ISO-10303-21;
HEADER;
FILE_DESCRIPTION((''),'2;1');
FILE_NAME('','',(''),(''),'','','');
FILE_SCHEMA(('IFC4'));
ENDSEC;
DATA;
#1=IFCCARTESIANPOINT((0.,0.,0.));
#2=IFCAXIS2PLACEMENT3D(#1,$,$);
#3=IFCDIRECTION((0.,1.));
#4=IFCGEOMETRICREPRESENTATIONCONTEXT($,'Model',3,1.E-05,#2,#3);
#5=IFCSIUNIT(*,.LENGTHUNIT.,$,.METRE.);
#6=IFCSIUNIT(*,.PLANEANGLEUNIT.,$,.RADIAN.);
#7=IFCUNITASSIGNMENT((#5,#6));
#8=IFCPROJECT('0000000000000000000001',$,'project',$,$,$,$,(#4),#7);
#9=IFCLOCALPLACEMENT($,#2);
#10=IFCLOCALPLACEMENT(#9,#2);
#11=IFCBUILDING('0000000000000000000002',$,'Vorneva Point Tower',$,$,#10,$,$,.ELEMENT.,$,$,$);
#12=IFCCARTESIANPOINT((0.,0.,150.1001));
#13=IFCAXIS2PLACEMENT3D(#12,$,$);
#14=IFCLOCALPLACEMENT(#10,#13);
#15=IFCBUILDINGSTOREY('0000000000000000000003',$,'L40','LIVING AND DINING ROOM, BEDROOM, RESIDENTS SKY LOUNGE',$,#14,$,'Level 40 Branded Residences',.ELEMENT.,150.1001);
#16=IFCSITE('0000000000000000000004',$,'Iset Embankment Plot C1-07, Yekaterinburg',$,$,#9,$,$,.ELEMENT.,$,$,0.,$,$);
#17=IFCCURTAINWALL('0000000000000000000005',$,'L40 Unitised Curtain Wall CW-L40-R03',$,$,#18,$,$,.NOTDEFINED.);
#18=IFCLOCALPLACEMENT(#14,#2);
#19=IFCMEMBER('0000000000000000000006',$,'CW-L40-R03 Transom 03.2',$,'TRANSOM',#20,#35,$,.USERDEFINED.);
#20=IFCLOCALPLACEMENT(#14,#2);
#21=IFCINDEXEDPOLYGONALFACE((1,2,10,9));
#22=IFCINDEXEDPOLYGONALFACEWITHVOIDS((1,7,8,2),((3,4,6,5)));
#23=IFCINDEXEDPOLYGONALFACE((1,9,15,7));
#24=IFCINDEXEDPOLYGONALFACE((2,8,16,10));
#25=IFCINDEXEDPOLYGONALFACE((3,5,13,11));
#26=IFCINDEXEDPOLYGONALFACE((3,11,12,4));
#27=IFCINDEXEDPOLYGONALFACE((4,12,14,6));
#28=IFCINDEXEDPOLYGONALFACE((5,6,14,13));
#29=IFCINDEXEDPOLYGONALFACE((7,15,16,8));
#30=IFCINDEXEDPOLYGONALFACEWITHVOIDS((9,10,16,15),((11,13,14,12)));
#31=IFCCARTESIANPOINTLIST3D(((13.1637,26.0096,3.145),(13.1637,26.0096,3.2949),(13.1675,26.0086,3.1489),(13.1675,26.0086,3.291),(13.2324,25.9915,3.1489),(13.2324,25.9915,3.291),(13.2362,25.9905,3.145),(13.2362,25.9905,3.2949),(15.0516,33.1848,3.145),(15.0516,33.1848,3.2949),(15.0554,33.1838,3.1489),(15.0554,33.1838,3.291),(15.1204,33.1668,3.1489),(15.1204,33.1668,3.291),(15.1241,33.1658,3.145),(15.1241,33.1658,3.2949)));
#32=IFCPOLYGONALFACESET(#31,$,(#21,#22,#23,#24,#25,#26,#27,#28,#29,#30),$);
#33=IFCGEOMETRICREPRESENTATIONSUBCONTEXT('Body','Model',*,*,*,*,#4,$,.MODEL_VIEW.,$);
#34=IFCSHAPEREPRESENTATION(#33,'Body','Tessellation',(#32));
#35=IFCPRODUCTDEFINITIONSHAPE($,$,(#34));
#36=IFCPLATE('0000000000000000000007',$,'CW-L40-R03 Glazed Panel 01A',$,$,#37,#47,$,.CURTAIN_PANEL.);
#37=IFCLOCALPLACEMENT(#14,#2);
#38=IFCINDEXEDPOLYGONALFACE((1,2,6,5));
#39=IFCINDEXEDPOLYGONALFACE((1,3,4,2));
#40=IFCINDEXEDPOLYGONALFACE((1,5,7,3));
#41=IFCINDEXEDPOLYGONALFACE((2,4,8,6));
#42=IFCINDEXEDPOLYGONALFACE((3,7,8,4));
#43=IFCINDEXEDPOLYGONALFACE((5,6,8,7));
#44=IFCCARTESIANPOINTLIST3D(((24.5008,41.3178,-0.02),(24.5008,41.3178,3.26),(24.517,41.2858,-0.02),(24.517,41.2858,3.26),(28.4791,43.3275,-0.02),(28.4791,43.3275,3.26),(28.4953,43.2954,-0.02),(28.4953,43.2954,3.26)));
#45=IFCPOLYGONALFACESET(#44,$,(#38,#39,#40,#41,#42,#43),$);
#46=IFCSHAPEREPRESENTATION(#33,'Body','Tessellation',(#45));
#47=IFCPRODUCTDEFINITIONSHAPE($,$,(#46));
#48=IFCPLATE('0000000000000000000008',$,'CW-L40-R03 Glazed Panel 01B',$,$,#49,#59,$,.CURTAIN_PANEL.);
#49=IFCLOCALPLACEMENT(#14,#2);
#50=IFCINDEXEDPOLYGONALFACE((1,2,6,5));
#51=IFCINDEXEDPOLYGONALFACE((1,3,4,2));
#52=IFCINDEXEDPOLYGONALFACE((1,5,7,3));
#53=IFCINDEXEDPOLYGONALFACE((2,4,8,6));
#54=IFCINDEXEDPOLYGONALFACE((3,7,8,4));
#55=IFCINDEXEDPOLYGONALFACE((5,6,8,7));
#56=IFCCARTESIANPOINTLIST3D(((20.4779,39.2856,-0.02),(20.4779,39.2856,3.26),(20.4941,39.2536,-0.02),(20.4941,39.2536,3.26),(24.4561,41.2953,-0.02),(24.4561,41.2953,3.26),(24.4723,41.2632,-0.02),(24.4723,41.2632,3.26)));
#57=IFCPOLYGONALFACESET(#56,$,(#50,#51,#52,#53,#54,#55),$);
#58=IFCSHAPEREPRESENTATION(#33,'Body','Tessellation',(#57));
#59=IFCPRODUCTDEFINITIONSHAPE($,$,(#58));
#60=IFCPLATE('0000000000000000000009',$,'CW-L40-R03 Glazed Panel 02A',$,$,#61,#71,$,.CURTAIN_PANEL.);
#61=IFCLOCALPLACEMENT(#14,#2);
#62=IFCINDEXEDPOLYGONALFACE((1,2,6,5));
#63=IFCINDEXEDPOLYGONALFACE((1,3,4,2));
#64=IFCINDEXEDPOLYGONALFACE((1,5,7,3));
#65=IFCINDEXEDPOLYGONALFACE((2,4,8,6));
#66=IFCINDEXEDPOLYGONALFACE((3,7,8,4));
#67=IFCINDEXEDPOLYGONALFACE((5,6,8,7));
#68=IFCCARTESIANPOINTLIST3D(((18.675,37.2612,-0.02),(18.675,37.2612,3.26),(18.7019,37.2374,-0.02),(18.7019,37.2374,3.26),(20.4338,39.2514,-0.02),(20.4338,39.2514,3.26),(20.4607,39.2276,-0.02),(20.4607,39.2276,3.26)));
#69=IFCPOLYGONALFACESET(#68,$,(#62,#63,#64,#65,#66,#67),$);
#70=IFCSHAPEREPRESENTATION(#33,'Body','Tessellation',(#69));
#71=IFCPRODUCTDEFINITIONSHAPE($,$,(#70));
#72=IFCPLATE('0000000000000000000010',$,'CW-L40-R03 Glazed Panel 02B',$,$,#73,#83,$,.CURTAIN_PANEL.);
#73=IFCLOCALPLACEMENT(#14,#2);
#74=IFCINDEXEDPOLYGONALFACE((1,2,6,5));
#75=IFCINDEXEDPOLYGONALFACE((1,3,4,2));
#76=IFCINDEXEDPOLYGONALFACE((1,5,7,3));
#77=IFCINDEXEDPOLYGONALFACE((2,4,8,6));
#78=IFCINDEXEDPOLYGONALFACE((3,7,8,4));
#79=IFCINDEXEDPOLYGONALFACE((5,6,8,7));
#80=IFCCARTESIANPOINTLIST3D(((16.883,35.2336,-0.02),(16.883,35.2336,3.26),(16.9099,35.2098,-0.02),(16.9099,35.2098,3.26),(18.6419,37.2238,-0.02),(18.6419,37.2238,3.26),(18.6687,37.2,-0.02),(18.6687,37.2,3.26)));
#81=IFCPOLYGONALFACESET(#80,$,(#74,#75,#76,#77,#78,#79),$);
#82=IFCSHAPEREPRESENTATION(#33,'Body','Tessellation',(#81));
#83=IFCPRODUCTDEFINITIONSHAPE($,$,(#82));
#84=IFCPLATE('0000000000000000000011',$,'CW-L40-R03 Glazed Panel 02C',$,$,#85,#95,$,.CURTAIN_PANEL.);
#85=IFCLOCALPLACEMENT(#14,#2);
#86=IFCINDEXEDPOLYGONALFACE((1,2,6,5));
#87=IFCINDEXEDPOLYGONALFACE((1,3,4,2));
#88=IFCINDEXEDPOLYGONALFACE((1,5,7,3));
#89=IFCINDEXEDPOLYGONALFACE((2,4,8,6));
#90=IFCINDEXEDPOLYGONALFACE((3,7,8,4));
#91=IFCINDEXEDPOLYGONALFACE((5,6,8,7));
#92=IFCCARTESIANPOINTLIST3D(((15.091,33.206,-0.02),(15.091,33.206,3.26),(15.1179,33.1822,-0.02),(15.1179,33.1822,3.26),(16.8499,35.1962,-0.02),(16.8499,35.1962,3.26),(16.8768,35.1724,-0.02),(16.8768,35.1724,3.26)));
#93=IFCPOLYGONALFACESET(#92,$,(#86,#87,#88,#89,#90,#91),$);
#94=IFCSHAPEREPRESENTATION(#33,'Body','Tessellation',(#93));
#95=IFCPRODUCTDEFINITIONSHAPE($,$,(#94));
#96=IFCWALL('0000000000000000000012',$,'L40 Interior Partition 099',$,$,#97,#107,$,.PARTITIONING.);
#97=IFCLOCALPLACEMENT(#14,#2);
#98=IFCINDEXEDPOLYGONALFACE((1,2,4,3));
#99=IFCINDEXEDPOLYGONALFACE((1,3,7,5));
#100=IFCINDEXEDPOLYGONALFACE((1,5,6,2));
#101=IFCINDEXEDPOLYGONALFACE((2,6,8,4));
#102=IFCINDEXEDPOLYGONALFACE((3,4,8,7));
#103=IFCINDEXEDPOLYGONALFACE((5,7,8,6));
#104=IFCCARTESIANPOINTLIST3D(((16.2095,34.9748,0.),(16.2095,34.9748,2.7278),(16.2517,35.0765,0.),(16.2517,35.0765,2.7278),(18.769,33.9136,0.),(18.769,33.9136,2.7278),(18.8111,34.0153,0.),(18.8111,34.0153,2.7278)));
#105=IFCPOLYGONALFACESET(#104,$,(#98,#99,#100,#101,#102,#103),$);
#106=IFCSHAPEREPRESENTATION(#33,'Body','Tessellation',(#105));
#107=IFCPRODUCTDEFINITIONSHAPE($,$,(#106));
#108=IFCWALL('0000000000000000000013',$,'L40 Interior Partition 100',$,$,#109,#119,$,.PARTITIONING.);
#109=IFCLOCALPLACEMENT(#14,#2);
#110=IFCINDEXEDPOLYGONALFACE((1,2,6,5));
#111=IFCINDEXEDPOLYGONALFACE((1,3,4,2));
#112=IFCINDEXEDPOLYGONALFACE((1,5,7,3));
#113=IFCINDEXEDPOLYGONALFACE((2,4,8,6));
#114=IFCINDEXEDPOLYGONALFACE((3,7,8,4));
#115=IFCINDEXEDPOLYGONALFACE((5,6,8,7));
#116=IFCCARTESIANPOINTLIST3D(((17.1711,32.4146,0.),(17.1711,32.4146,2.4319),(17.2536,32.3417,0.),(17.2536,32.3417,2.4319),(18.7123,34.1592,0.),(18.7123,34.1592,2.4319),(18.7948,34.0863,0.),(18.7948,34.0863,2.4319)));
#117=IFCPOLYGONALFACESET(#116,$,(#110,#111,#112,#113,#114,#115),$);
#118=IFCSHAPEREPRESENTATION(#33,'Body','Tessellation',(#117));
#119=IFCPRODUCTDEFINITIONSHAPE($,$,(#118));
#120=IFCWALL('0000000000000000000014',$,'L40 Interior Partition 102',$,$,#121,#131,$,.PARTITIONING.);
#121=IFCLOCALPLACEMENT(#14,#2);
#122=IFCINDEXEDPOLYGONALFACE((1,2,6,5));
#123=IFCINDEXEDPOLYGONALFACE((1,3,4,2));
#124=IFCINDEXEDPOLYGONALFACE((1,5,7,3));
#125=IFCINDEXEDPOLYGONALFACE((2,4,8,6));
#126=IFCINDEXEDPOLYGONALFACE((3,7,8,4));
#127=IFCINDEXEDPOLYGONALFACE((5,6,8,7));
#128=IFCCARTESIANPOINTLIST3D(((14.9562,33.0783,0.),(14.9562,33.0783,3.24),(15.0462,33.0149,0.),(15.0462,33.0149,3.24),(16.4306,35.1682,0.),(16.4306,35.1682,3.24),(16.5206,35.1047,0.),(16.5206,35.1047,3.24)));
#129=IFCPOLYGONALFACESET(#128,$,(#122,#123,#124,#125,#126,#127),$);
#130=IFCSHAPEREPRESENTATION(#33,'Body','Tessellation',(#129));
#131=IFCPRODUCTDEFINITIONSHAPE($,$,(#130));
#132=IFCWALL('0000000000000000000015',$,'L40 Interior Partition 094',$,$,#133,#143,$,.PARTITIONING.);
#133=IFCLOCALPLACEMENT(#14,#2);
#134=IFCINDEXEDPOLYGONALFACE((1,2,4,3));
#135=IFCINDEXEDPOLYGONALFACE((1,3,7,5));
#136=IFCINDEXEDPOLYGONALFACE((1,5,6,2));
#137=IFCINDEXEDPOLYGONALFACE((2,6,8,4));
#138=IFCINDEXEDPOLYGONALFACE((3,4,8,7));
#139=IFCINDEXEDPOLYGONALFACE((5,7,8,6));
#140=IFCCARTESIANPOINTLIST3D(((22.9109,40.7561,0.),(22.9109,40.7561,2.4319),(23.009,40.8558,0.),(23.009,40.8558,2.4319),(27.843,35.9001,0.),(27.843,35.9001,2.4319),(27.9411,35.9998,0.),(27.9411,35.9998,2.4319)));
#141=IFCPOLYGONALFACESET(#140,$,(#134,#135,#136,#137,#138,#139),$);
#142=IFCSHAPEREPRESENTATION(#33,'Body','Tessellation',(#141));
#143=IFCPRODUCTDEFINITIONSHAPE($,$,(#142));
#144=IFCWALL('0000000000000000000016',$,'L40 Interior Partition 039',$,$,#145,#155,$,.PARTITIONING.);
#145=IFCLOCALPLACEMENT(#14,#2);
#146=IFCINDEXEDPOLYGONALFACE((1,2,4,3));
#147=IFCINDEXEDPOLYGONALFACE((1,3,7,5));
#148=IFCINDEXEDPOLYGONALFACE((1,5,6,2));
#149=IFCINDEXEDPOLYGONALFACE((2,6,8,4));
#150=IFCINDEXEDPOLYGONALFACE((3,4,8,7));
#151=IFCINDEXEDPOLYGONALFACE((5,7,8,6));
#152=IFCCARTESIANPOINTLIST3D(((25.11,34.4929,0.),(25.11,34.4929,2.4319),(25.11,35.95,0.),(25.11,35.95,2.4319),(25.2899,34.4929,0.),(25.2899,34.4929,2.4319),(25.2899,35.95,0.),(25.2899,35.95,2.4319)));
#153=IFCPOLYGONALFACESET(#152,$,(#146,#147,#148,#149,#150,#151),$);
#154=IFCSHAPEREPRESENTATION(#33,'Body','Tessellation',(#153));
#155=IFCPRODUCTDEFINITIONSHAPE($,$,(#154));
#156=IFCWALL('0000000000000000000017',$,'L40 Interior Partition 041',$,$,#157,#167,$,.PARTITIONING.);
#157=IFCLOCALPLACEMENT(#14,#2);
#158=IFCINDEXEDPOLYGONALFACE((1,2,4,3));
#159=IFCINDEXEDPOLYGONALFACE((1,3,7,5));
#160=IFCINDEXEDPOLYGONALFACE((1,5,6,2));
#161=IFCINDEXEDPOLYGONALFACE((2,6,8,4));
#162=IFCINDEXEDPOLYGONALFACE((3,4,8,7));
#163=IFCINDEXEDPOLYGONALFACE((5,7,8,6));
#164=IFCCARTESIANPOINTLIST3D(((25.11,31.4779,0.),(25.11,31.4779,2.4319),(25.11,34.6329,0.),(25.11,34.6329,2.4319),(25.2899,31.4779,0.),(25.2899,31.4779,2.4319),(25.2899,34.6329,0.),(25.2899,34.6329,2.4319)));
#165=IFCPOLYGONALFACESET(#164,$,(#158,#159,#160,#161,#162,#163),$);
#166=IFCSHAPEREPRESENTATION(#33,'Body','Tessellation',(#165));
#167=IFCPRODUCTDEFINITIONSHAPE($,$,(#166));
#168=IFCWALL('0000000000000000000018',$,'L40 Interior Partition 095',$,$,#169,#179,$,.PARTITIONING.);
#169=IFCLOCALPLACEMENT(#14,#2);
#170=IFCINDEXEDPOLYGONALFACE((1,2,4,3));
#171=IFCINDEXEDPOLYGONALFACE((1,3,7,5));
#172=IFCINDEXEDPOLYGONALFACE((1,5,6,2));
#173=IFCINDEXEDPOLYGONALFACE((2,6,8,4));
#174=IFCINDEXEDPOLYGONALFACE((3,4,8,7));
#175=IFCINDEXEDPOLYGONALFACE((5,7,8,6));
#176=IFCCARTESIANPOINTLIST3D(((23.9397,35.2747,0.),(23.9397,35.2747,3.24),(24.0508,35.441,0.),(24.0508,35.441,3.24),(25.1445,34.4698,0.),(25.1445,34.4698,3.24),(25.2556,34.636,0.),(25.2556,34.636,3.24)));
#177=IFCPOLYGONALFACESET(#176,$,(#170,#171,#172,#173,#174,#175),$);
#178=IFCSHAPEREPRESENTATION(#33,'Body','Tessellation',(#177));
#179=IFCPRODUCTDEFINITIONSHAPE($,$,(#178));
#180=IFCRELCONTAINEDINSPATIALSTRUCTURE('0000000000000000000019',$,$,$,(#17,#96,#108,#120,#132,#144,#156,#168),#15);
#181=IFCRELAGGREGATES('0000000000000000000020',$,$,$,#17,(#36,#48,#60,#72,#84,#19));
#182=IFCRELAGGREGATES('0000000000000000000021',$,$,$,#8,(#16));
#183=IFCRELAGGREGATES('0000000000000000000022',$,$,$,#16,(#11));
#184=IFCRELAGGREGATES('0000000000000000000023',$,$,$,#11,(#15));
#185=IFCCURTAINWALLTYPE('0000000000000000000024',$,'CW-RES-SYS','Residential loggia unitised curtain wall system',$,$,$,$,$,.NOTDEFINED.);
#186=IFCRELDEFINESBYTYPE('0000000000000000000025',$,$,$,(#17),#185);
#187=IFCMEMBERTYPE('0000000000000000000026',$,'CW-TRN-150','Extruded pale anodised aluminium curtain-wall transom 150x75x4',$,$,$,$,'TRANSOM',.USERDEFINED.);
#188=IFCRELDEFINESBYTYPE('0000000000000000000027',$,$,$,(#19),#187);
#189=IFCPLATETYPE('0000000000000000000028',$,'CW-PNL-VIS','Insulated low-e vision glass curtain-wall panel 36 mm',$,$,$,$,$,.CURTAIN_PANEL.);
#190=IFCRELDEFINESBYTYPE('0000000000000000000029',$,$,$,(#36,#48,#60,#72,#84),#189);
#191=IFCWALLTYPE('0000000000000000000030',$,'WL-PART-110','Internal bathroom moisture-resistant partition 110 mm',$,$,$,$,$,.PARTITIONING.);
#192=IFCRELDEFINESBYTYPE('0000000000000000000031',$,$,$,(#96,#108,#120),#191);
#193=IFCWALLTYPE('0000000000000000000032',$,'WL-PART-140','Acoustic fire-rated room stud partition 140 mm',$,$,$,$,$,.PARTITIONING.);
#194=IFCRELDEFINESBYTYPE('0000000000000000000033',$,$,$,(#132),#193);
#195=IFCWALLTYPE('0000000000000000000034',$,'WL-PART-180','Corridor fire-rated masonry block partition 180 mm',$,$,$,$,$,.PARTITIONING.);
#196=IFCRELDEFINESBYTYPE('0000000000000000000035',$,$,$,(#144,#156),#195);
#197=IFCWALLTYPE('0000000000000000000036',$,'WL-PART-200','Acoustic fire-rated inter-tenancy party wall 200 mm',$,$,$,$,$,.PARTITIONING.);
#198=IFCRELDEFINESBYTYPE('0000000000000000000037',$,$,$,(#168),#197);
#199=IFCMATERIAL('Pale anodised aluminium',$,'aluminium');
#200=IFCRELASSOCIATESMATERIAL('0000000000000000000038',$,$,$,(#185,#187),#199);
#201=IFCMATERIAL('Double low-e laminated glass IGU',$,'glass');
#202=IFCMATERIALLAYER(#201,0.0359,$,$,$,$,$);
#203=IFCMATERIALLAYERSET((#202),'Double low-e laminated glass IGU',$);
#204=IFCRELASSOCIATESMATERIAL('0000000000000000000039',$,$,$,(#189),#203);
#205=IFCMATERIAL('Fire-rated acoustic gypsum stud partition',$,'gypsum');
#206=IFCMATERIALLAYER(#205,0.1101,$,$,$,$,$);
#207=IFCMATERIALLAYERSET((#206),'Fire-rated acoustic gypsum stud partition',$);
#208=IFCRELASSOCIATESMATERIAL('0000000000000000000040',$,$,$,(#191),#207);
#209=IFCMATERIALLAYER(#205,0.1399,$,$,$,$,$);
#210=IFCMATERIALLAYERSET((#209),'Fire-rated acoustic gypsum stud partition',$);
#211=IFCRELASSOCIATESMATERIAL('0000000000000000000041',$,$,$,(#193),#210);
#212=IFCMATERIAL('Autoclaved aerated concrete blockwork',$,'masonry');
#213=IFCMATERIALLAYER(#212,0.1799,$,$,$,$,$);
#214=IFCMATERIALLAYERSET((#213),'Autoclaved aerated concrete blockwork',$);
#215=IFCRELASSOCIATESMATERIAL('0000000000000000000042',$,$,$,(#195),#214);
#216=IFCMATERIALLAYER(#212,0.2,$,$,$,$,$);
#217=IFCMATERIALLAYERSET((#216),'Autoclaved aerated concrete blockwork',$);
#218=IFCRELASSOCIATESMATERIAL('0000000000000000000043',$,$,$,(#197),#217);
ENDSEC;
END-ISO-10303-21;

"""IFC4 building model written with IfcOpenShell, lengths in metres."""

from ifc_helpers import new_model, si_unit, direction, frame, frame_2d, origin, origin_2d, place, context, subcontext, project, spatial, rectangle, hollow_rectangle, extrude, material, layer, layer_set, material_profile, profile_set, type_object, element, aggregate, save


model = new_model("IFC4")

# Units and contexts
model_context = context("Model", 3, precision=1e-05, world=origin(), true_north=direction((0.0, 1.0)))
body_context = subcontext(model_context, "Body", "Model", "MODEL_VIEW")
ifc_project = project(units=[si_unit("LENGTHUNIT", "METRE"), si_unit("PLANEANGLEUNIT", "RADIAN")], contexts=[model_context])

# Site, building, storey
site_placement = place(None, origin())
site = spatial("IfcSite", under=ifc_project, at=site_placement, Name="Iset Embankment Plot C1-07, Yekaterinburg", CompositionType="ELEMENT", RefElevation=0.0)
building_placement = place(site_placement, origin())
building = spatial("IfcBuilding", under=site, at=building_placement, Name="Vorneva Point Tower", CompositionType="ELEMENT")
storey_placement = place(building_placement, frame((0.0, 0.0, 150.1001)))
storey = spatial("IfcBuildingStorey", under=building, at=storey_placement, Name="L40", Description="LIVING AND DINING ROOM, BEDROOM, RESIDENTS SKY LOUNGE", LongName="Level 40 Branded Residences", CompositionType="ELEMENT", Elevation=150.1001)

# Curtain wall, member, plates
ifc_material_1 = material(Name="Pale anodised aluminium", Category="aluminium")
curtain_wall_type = type_object("IfcCurtainWallType", Name="CW-RES-SYS", Description="Residential loggia unitised curtain wall system", PredefinedType="NOTDEFINED", material=ifc_material_1)
curtain_wall_placement = place(storey_placement, origin())
curtain_wall = element("IfcCurtainWall", 1, at=curtain_wall_placement, inside=storey, type_object=curtain_wall_type, Name="L40 Unitised Curtain Wall CW-L40-R03", PredefinedType="NOTDEFINED")
ifc_material_profile_1 = material_profile(ifc_material_1, hollow_rectangle(XDim=0.075, YDim=0.1499, WallThickness=0.0039, at=origin_2d()), Name="AL-TRN 150x75x4")
ifc_profile_set_1 = profile_set([ifc_material_profile_1], Name="Pale anodised aluminium")
member_type_1 = type_object("IfcMemberType", Name="CW-TRN-150", Description="Extruded pale anodised aluminium curtain-wall transom 150x75x4", ElementType="TRANSOM", PredefinedType="USERDEFINED", material=ifc_profile_set_1)
member_1_placement = place(storey_placement, frame((15.0879, 33.1753, 3.22), z_axis=(-0.254456, -0.967084, 0.0), x_axis=(0.967084, -0.254456, 0.0)))
member_1 = element("IfcMember", 2, at=member_1_placement, type_object=member_type_1, Name="CW-L40-R03 Transom 03.2", ObjectType="TRANSOM", PredefinedType="USERDEFINED", context=body_context, shape_type="SweptSolid", body=[
    extrude(hollow_rectangle(XDim=0.075, YDim=0.1499, WallThickness=0.0039, at=origin_2d()), origin(), (0.0, 0.0, 1.0), 7.4194),
])
ifc_material_2 = material(Name="Double low-e laminated glass IGU", Category="glass")
ifc_layer_1 = layer(ifc_material_2, 0.0359)
ifc_layer_set_1 = layer_set([ifc_layer_1], Name="Double low-e laminated glass IGU")
plate_type = type_object("IfcPlateType", Name="CW-PNL-VIS", Description="Insulated low-e vision glass curtain-wall panel 36 mm", PredefinedType="CURTAIN_PANEL", material=ifc_layer_set_1)
plate_1_placement = place(storey_placement, frame((26.498, 42.3066, -0.02), z_axis=(0.0, 0.0, 1.0), x_axis=(-0.892578, -0.450893, 0.0)))
plate_1 = element("IfcPlate", 3, at=plate_1_placement, type_object=plate_type, Name="CW-L40-R03 Glazed Panel 01A", PredefinedType="CURTAIN_PANEL", context=body_context, shape_type="SweptSolid", body=[
    extrude(rectangle(XDim=4.457, YDim=0.0359, at=origin_2d()), origin(), (0.0, 0.0, 1.0), 3.28),
])
plate_2_placement = place(storey_placement, frame((22.4751, 40.2744, -0.02), z_axis=(0.0, 0.0, 1.0), x_axis=(-0.892578, -0.450893, 0.0)))
plate_2 = element("IfcPlate", 4, at=plate_2_placement, type_object=plate_type, Name="CW-L40-R03 Glazed Panel 01B", PredefinedType="CURTAIN_PANEL", context=body_context, shape_type="SweptSolid", body=[
    extrude(rectangle(XDim=4.457, YDim=0.0359, at=origin_2d()), origin(), (0.0, 0.0, 1.0), 3.28),
])
plate_3_placement = place(storey_placement, frame((19.5679, 38.2444, -0.02), z_axis=(0.0, 0.0, 1.0), x_axis=(-0.662215, -0.749314, 0.0)))
plate_3 = element("IfcPlate", 5, at=plate_3_placement, type_object=plate_type, Name="CW-L40-R03 Glazed Panel 02A", PredefinedType="CURTAIN_PANEL", context=body_context, shape_type="SweptSolid", body=[
    extrude(rectangle(XDim=2.656, YDim=0.0359, at=origin_2d()), origin(), (0.0, 0.0, 1.0), 3.28),
])
plate_4_placement = place(storey_placement, frame((17.7759, 36.2168, -0.02), z_axis=(0.0, 0.0, 1.0), x_axis=(-0.662215, -0.749314, 0.0)))
plate_4 = element("IfcPlate", 6, at=plate_4_placement, type_object=plate_type, Name="CW-L40-R03 Glazed Panel 02B", PredefinedType="CURTAIN_PANEL", context=body_context, shape_type="SweptSolid", body=[
    extrude(rectangle(XDim=2.656, YDim=0.0359, at=origin_2d()), origin(), (0.0, 0.0, 1.0), 3.28),
])
plate_5_placement = place(storey_placement, frame((15.9839, 34.1892, -0.02), z_axis=(0.0, 0.0, 1.0), x_axis=(-0.662215, -0.749314, 0.0)))
plate_5 = element("IfcPlate", 7, at=plate_5_placement, type_object=plate_type, Name="CW-L40-R03 Glazed Panel 02C", PredefinedType="CURTAIN_PANEL", context=body_context, shape_type="SweptSolid", body=[
    extrude(rectangle(XDim=2.656, YDim=0.0359, at=origin_2d()), origin(), (0.0, 0.0, 1.0), 3.28),
])
aggregate(curtain_wall, [plate_1, plate_2, plate_3, plate_4, plate_5, member_1])

# Walls
ifc_material_3 = material(Name="Fire-rated acoustic gypsum stud partition", Category="gypsum")
ifc_layer_2 = layer(ifc_material_3, 0.1101)
ifc_layer_set_2 = layer_set([ifc_layer_2], Name="Fire-rated acoustic gypsum stud partition")
wall_type_1 = type_object("IfcWallType", Name="WL-PART-110", Description="Internal bathroom moisture-resistant partition 110 mm", PredefinedType="PARTITIONING", material=ifc_layer_set_2)
wall_1_placement = place(storey_placement, frame((16.2307, 35.0256, 0.0), z_axis=(0.0, 0.0, 1.0), x_axis=(0.923743, -0.383013, 0.0)))
element("IfcWall", 8, at=wall_1_placement, inside=storey, type_object=wall_type_1, Name="L40 Interior Partition 099", PredefinedType="PARTITIONING", context=body_context, shape_type="SweptSolid", body=[
    extrude(rectangle(XDim=2.7708, YDim=0.1101, at=frame_2d((1.3853, 0.0))), origin(), (0.0, 0.0, 1.0), 2.7278),
])
wall_2_placement = place(storey_placement, frame((18.7537, 34.1228, 0.0), z_axis=(0.0, 0.0, 1.0), x_axis=(-0.662076, -0.749437, 0.0)))
element("IfcWall", 9, at=wall_2_placement, inside=storey, type_object=wall_type_1, Name="L40 Interior Partition 100", PredefinedType="PARTITIONING", context=body_context, shape_type="SweptSolid", body=[
    extrude(rectangle(XDim=2.3279, YDim=0.1101, at=frame_2d((1.1641, 0.0))), origin(), (0.0, 0.0, 1.0), 2.4319),
])
wall_3_placement = place(storey_placement, frame((16.4756, 35.1365, 0.0), z_axis=(0.0, 0.0, 1.0), x_axis=(-0.57647, -0.817119, 0.0)))
element("IfcWall", 10, at=wall_3_placement, inside=storey, type_object=wall_type_1, Name="L40 Interior Partition 102", PredefinedType="PARTITIONING", context=body_context, shape_type="SweptSolid", body=[
    extrude(rectangle(XDim=2.5576, YDim=0.1101, at=frame_2d((1.2788, 0.0))), origin(), (0.0, 0.0, 1.0), 3.24),
])
ifc_layer_3 = layer(ifc_material_3, 0.1399)
ifc_layer_set_3 = layer_set([ifc_layer_3], Name="Fire-rated acoustic gypsum stud partition")
wall_type_2 = type_object("IfcWallType", Name="WL-PART-140", Description="Acoustic fire-rated room stud partition 140 mm", PredefinedType="PARTITIONING", material=ifc_layer_set_3)
wall_4_placement = place(storey_placement, frame((22.96, 40.8059, 0.0), z_axis=(0.0, 0.0, 1.0), x_axis=(0.712588, -0.701583, 0.0)))
element("IfcWall", 11, at=wall_4_placement, inside=storey, type_object=wall_type_2, Name="L40 Interior Partition 094", PredefinedType="PARTITIONING", context=body_context, shape_type="SweptSolid", body=[
    extrude(rectangle(XDim=6.9214, YDim=0.1399, at=frame_2d((3.4607, 0.0))), origin(), (0.0, 0.0, 1.0), 2.4319),
])
ifc_material_4 = material(Name="Autoclaved aerated concrete blockwork", Category="masonry")
ifc_layer_4 = layer(ifc_material_4, 0.1799)
ifc_layer_set_4 = layer_set([ifc_layer_4], Name="Autoclaved aerated concrete blockwork")
wall_type_3 = type_object("IfcWallType", Name="WL-PART-180", Description="Corridor fire-rated masonry block partition 180 mm", PredefinedType="PARTITIONING", material=ifc_layer_set_4)
wall_5_placement = place(storey_placement, frame((25.2, 35.95, 0.0), z_axis=(0.0, 0.0, 1.0), x_axis=(0.0, -1.0, 0.0)))
element("IfcWall", 12, at=wall_5_placement, inside=storey, type_object=wall_type_3, Name="L40 Interior Partition 039", PredefinedType="PARTITIONING", context=body_context, shape_type="SweptSolid", body=[
    extrude(rectangle(XDim=1.457, YDim=0.1799, at=frame_2d((0.7285, 0.0))), origin(), (0.0, 0.0, 1.0), 2.4319),
])
wall_6_placement = place(storey_placement, frame((25.2, 34.6331, 0.0), z_axis=(0.0, 0.0, 1.0), x_axis=(0.0, -1.0, 0.0)))
element("IfcWall", 13, at=wall_6_placement, inside=storey, type_object=wall_type_3, Name="L40 Interior Partition 041", PredefinedType="PARTITIONING", context=body_context, shape_type="SweptSolid", body=[
    extrude(rectangle(XDim=3.155, YDim=0.1799, at=frame_2d((1.5776, 0.0))), origin(), (0.0, 0.0, 1.0), 2.4319),
])
ifc_layer_5 = layer(ifc_material_4, 0.2)
ifc_layer_set_5 = layer_set([ifc_layer_5], Name="Autoclaved aerated concrete blockwork")
wall_type_4 = type_object("IfcWallType", Name="WL-PART-200", Description="Acoustic fire-rated inter-tenancy party wall 200 mm", PredefinedType="PARTITIONING", material=ifc_layer_set_5)
wall_7_placement = place(storey_placement, frame((23.9951, 35.3579, 0.0), z_axis=(0.0, 0.0, 1.0), x_axis=(0.831506, -0.555516, 0.0)))
element("IfcWall", 14, at=wall_7_placement, inside=storey, type_object=wall_type_4, Name="L40 Interior Partition 095", PredefinedType="PARTITIONING", context=body_context, shape_type="SweptSolid", body=[
    extrude(rectangle(XDim=1.449, YDim=0.2, at=frame_2d((0.7246, 0.0))), origin(), (0.0, 0.0, 1.0), 3.24),
])

save(model, "model.ifc")
